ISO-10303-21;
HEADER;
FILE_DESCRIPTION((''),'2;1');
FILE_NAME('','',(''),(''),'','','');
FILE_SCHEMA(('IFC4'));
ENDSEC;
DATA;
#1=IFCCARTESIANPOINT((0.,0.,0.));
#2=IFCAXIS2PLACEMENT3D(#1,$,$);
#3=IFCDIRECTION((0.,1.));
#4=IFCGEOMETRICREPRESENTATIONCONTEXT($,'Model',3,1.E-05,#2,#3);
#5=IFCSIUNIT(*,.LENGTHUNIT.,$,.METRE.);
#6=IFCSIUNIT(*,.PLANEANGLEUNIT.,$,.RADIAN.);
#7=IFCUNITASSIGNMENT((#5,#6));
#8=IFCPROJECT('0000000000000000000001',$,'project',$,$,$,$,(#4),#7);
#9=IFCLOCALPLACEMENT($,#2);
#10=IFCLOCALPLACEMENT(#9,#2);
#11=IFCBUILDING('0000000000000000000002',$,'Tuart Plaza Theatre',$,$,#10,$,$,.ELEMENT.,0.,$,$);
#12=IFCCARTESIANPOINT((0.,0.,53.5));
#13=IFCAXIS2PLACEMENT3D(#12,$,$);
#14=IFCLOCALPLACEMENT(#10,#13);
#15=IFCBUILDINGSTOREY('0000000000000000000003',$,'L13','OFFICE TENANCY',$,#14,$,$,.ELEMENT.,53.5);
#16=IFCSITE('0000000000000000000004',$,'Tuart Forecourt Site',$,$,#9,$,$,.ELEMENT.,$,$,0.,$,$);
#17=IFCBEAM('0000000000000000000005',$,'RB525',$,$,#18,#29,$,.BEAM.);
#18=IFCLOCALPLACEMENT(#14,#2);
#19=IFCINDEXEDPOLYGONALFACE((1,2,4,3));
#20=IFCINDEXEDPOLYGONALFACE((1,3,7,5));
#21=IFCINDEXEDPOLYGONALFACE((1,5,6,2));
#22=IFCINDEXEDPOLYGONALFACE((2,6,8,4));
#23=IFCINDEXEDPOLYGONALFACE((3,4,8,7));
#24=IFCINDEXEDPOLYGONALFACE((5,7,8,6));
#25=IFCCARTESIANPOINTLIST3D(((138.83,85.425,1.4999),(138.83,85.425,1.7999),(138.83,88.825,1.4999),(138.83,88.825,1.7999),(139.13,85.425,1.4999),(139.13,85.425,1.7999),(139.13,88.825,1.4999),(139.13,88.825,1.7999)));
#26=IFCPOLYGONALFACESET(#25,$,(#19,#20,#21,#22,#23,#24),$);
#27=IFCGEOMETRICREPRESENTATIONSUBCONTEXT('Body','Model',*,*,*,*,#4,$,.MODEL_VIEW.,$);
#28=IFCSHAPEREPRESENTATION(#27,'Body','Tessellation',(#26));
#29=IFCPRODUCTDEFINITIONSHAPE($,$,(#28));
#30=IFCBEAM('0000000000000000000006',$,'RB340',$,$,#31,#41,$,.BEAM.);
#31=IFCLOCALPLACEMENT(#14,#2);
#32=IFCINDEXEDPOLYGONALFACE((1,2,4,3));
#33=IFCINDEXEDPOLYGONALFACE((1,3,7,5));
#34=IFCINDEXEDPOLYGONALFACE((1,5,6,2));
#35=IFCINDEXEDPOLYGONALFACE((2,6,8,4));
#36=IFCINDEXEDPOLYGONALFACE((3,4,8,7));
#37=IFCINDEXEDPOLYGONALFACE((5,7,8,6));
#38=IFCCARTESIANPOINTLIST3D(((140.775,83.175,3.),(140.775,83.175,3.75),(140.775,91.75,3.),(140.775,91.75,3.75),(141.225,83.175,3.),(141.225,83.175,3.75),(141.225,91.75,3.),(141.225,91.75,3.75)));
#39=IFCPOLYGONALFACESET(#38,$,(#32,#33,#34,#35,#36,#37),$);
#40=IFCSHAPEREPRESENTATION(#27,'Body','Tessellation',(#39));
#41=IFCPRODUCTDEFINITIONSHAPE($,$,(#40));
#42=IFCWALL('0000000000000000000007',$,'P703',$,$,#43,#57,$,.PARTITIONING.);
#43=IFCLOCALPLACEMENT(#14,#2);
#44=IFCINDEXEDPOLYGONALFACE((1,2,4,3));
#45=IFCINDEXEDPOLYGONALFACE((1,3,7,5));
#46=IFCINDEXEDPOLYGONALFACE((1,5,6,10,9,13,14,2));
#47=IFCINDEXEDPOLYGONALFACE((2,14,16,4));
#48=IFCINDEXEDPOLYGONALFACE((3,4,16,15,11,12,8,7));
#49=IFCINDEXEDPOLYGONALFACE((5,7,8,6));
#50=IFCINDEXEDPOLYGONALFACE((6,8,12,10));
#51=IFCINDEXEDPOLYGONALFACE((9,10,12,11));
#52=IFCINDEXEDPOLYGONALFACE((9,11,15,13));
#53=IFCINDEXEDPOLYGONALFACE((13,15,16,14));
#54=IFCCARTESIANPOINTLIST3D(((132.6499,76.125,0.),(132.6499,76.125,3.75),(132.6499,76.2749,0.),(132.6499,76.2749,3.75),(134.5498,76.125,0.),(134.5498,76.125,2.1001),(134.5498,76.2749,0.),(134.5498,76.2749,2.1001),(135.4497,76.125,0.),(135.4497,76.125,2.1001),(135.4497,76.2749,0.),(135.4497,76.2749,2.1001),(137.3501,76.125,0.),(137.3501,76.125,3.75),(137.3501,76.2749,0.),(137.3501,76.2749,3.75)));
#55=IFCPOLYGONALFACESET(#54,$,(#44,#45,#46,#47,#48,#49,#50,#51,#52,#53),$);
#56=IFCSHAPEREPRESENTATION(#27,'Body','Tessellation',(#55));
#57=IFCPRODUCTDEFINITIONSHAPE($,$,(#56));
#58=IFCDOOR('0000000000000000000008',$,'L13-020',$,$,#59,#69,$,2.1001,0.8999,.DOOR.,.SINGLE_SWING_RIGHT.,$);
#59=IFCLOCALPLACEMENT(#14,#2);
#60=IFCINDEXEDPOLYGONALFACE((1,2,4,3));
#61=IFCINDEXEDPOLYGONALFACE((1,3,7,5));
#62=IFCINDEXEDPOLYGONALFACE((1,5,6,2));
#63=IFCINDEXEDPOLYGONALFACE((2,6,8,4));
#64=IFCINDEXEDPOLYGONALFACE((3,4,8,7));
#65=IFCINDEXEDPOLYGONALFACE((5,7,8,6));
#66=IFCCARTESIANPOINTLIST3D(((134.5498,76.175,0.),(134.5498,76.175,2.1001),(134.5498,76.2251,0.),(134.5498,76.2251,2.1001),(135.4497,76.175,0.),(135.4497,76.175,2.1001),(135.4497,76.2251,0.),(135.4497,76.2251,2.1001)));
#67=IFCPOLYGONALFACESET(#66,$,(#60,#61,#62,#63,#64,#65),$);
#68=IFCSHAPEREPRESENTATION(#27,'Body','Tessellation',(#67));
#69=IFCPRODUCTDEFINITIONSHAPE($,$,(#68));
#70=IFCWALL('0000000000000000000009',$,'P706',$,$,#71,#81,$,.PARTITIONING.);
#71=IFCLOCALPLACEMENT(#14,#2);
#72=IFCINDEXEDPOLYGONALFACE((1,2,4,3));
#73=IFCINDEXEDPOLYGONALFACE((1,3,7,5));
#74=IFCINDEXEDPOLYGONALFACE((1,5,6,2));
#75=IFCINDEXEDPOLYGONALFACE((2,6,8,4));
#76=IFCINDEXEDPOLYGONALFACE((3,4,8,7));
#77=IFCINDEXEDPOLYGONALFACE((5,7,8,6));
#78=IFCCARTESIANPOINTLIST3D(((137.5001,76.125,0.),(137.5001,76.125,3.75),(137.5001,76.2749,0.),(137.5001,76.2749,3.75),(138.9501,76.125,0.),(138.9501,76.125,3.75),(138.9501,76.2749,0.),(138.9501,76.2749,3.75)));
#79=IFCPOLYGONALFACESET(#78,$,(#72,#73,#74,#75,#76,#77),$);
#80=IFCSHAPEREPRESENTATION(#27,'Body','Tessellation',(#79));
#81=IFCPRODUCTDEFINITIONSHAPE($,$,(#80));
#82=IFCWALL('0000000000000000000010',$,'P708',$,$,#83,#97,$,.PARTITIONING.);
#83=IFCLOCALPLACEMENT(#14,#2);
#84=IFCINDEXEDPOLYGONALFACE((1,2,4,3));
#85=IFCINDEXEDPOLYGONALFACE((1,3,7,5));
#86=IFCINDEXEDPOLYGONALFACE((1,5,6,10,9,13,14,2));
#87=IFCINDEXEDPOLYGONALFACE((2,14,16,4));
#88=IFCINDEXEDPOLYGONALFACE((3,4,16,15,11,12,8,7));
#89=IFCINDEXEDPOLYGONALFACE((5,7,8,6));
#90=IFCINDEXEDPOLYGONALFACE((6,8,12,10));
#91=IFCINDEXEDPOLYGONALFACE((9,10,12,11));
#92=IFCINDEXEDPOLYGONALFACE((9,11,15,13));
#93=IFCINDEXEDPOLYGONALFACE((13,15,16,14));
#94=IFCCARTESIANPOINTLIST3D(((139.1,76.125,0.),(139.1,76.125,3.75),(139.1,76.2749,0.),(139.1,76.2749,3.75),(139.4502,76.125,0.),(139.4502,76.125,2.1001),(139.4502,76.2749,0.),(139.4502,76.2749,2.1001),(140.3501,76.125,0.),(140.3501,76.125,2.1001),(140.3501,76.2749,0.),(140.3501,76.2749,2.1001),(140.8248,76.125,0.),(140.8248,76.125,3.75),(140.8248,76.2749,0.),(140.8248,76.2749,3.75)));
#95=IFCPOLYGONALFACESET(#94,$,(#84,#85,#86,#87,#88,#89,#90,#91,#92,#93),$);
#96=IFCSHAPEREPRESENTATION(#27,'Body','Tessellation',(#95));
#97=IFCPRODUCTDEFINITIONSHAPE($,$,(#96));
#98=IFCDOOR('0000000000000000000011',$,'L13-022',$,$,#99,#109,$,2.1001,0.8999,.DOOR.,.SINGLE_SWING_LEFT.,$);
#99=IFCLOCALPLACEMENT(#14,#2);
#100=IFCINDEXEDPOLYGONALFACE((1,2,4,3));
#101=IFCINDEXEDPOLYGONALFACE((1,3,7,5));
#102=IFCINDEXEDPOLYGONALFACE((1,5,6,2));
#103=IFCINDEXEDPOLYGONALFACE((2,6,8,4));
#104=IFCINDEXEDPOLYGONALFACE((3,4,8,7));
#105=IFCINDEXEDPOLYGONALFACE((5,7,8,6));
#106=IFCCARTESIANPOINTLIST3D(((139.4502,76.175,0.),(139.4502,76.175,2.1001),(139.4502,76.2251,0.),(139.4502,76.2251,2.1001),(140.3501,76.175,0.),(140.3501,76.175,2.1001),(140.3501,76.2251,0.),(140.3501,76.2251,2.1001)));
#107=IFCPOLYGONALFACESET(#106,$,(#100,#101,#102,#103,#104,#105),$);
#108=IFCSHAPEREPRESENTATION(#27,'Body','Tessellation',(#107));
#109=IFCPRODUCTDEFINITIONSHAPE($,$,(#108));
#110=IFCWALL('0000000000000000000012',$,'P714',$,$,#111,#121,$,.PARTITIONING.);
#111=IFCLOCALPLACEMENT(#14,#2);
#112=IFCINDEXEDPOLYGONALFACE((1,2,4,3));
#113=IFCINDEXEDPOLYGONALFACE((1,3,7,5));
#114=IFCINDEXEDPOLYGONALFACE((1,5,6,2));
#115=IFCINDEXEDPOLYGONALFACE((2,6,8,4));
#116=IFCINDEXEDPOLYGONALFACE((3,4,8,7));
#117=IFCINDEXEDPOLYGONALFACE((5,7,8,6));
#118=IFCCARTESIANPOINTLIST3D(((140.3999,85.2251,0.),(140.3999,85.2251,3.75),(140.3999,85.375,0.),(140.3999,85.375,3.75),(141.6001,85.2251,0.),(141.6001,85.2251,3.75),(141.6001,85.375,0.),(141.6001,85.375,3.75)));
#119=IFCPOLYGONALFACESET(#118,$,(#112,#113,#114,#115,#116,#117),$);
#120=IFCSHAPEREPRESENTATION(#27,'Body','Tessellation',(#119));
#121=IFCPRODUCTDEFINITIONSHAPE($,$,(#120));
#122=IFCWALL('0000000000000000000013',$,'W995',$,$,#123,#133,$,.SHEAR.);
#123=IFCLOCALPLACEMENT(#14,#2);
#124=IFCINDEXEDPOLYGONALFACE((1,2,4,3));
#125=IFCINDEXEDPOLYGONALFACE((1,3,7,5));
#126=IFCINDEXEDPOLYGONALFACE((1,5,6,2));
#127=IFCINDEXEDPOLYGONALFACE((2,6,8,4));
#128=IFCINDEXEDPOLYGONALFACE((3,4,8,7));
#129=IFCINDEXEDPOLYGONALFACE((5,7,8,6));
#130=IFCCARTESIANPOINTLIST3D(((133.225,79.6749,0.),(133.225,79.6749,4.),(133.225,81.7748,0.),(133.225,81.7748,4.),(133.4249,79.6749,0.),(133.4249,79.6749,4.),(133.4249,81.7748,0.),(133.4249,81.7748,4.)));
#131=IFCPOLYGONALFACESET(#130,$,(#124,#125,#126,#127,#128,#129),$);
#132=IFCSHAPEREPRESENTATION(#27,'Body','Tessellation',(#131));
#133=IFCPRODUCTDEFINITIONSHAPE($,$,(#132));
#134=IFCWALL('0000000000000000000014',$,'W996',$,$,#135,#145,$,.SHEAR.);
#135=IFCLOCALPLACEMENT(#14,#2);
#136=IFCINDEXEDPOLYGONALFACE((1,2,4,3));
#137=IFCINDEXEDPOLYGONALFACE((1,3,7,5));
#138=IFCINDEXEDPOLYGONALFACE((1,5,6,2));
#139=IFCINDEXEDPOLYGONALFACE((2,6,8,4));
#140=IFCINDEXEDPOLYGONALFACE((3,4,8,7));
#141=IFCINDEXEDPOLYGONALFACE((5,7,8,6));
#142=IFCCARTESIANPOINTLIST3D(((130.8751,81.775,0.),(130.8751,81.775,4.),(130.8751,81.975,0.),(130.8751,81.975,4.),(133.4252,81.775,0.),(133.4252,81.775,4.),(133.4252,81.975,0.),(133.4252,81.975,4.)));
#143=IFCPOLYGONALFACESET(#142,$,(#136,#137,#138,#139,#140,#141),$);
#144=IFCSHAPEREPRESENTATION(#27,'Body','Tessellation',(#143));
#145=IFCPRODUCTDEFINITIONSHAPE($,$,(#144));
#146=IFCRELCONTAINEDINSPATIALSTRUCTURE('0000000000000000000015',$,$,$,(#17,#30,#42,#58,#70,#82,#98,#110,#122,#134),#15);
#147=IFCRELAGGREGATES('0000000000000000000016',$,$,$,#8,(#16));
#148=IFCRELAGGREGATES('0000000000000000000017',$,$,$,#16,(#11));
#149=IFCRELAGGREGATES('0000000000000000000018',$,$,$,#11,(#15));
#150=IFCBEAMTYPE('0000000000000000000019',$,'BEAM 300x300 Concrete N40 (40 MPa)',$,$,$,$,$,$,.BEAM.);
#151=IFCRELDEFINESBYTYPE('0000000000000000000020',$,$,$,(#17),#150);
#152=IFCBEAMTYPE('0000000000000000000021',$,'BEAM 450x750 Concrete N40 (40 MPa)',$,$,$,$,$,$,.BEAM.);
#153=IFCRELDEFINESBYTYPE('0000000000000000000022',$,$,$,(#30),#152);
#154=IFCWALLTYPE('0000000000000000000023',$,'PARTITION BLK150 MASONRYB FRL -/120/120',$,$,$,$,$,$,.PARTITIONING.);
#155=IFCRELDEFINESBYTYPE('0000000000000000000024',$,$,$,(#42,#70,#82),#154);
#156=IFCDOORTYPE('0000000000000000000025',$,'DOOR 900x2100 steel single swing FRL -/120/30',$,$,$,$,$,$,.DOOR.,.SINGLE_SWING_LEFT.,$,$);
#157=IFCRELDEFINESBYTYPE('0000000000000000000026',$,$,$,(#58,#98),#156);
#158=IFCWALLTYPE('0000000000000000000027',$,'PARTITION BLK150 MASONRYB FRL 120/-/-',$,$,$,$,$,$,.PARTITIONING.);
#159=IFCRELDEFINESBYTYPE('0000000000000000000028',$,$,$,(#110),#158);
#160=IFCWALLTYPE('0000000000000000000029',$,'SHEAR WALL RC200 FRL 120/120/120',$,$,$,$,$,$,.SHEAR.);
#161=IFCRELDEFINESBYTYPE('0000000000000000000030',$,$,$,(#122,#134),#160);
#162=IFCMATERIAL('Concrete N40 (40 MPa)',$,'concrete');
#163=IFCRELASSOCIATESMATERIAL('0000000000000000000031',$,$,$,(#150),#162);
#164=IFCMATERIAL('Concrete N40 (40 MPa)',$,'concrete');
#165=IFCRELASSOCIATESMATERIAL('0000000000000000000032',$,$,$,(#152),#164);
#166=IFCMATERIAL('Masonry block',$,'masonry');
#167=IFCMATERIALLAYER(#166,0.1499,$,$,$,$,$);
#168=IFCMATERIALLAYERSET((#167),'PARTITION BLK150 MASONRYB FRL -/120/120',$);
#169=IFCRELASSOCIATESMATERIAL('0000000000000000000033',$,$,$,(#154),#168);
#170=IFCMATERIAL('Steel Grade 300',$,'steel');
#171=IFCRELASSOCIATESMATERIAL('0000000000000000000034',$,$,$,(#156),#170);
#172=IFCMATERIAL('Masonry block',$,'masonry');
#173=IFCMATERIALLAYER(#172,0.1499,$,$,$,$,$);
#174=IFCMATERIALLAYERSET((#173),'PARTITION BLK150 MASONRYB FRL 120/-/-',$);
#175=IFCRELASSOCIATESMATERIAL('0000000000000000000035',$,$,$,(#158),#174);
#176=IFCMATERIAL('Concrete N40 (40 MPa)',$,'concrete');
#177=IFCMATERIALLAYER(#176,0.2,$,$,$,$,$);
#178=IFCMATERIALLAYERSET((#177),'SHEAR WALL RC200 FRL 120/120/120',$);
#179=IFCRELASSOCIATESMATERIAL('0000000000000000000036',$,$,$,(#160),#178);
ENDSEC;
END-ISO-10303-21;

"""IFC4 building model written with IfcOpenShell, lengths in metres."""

from ifc_helpers import new_model, si_unit, direction, frame, frame_2d, origin, origin_2d, place, context, subcontext, project, spatial, rectangle, extrude, material, layer, layer_set, material_profile, profile_set, type_object, element, fill, save


model = new_model("IFC4")

# Units and contexts
model_context = context("Model", 3, precision=1e-05, world=origin(), true_north=direction((0.0, 1.0)))
body_context = subcontext(model_context, "Body", "Model", "MODEL_VIEW")
ifc_project = project(units=[si_unit("LENGTHUNIT", "METRE"), si_unit("PLANEANGLEUNIT", "RADIAN")], contexts=[model_context])

# Site, building, storey
site_placement = place(None, origin())
site = spatial("IfcSite", under=ifc_project, at=site_placement, Name="Tuart Forecourt Site", CompositionType="ELEMENT", RefElevation=0.0)
building_placement = place(site_placement, origin())
building = spatial("IfcBuilding", under=site, at=building_placement, Name="Tuart Plaza Theatre", CompositionType="ELEMENT", ElevationOfRefHeight=0.0)
storey_placement = place(building_placement, frame((0.0, 0.0, 53.5)))
storey = spatial("IfcBuildingStorey", under=building, at=storey_placement, Name="L13", Description="OFFICE TENANCY", CompositionType="ELEMENT", Elevation=53.5)

# Beams
ifc_material_1 = material(Name="Concrete N40 (40 MPa)", Category="concrete")
ifc_material_profile_1 = material_profile(ifc_material_1, rectangle(XDim=0.3, YDim=0.3, at=origin_2d()), Name="BEAM 300x300 Concrete N40 (40 MPa)")
ifc_profile_set_1 = profile_set([ifc_material_profile_1], Name="Concrete N40 (40 MPa)")
beam_type_1 = type_object("IfcBeamType", Name="BEAM 300x300 Concrete N40 (40 MPa)", PredefinedType="BEAM", material=ifc_profile_set_1)
beam_1_placement = place(storey_placement, frame((138.98, 85.425, 1.6499), z_axis=(0.0, 1.0, 0.0), x_axis=(-1.0, 0.0, 0.0)))
element("IfcBeam", 1, at=beam_1_placement, inside=storey, type_object=beam_type_1, Name="RB525", PredefinedType="BEAM", context=body_context, shape_type="SweptSolid", body=[
    extrude(rectangle(XDim=0.3, YDim=0.3, at=origin_2d()), origin(), (0.0, 0.0, 1.0), 3.3999),
])
ifc_material_2 = material(Name="Concrete N40 (40 MPa)", Category="concrete")
ifc_material_profile_2 = material_profile(ifc_material_2, rectangle(XDim=0.45, YDim=0.75, at=origin_2d()), Name="BEAM 450x750 Concrete N40 (40 MPa)")
ifc_profile_set_2 = profile_set([ifc_material_profile_2], Name="Concrete N40 (40 MPa)")
beam_type_2 = type_object("IfcBeamType", Name="BEAM 450x750 Concrete N40 (40 MPa)", PredefinedType="BEAM", material=ifc_profile_set_2)
beam_2_placement = place(storey_placement, frame((141.0, 83.175, 3.375), z_axis=(0.0, 1.0, 0.0), x_axis=(-1.0, 0.0, 0.0)))
element("IfcBeam", 2, at=beam_2_placement, inside=storey, type_object=beam_type_2, Name="RB340", PredefinedType="BEAM", context=body_context, shape_type="SweptSolid", body=[
    extrude(rectangle(XDim=0.45, YDim=0.75, at=origin_2d()), origin(), (0.0, 0.0, 1.0), 8.575),
])

# Wall, opening, door
ifc_material_3 = material(Name="Masonry block", Category="masonry")
ifc_layer_1 = layer(ifc_material_3, 0.1499)
ifc_layer_set_1 = layer_set([ifc_layer_1], Name="PARTITION BLK150 MASONRYB FRL -/120/120")
wall_type_1 = type_object("IfcWallType", Name="PARTITION BLK150 MASONRYB FRL -/120/120", PredefinedType="PARTITIONING", material=ifc_layer_set_1)
wall_1_placement = place(storey_placement, frame((132.6499, 76.2, 0.0), z_axis=(0.0, 0.0, 1.0), x_axis=(1.0, 0.0, 0.0)))
wall_1 = element("IfcWall", 3, at=wall_1_placement, inside=storey, type_object=wall_type_1, Name="P703", PredefinedType="PARTITIONING", context=body_context, shape_type="SweptSolid", body=[
    extrude(rectangle(XDim=4.7002, YDim=0.1499, at=frame_2d((2.3501, 0.0))), origin(), (0.0, 0.0, 1.0), 3.75),
])
opening_1_placement = place(wall_1_placement, frame((1.8999, 0.0, 0.0)))
opening_1 = element("IfcOpeningElement", 4, at=opening_1_placement, cuts=wall_1, PredefinedType="OPENING", context=body_context, shape_type="SweptSolid", body=[
    extrude(rectangle(XDim=0.8999, YDim=2.1001, at=frame_2d((0.45, 1.05))), frame((0.0, 0.085, 0.0), z_axis=(0.0, -1.0, 0.0), x_axis=(1.0, 0.0, 0.0)), (0.0, 0.0, 1.0), 0.1699),
])
ifc_material_4 = material(Name="Steel Grade 300", Category="steel")
door_type_1 = type_object("IfcDoorType", Name="DOOR 900x2100 steel single swing FRL -/120/30", OperationType="SINGLE_SWING_LEFT", PredefinedType="DOOR", material=ifc_material_4)
door_1_placement = place(opening_1_placement, frame((0.8999, 0.0, 0.0), z_axis=(0.0, 0.0, 1.0), x_axis=(-1.0, 0.0, 0.0)))
door_1 = element("IfcDoor", 5, at=door_1_placement, inside=storey, type_object=door_type_1, Name="L13-020", OperationType="SINGLE_SWING_RIGHT", OverallHeight=2.1001, OverallWidth=0.8999, PredefinedType="DOOR", context=body_context, shape_type="SweptSolid", body=[
    extrude(rectangle(XDim=0.8999, YDim=2.1001, at=frame_2d((0.45, 1.05))), frame((0.0, 0.0249, 0.0), z_axis=(0.0, -1.0, 0.0), x_axis=(1.0, 0.0, 0.0)), (0.0, 0.0, 1.0), 0.05),
])
fill(opening_1, door_1)

# Wall
wall_2_placement = place(storey_placement, frame((137.5, 76.2, 0.0), z_axis=(0.0, 0.0, 1.0), x_axis=(1.0, 0.0, 0.0)))
element("IfcWall", 6, at=wall_2_placement, inside=storey, type_object=wall_type_1, Name="P706", PredefinedType="PARTITIONING", context=body_context, shape_type="SweptSolid", body=[
    extrude(rectangle(XDim=1.45, YDim=0.1499, at=frame_2d((0.7251, 0.0))), origin(), (0.0, 0.0, 1.0), 3.75),
])

# Wall, opening, door
wall_3_placement = place(storey_placement, frame((139.1001, 76.2, 0.0), z_axis=(0.0, 0.0, 1.0), x_axis=(1.0, 0.0, 0.0)))
wall_3 = element("IfcWall", 7, at=wall_3_placement, inside=storey, type_object=wall_type_1, Name="P708", PredefinedType="PARTITIONING", context=body_context, shape_type="SweptSolid", body=[
    extrude(rectangle(XDim=1.7249, YDim=0.1499, at=frame_2d((0.8623, 0.0))), origin(), (0.0, 0.0, 1.0), 3.75),
])
opening_2_placement = place(wall_3_placement, frame((0.3501, 0.0, 0.0)))
opening_2 = element("IfcOpeningElement", 8, at=opening_2_placement, cuts=wall_3, PredefinedType="OPENING", context=body_context, shape_type="SweptSolid", body=[
    extrude(rectangle(XDim=0.8999, YDim=2.1001, at=frame_2d((0.45, 1.05))), frame((0.0, 0.085, 0.0), z_axis=(0.0, -1.0, 0.0), x_axis=(1.0, 0.0, 0.0)), (0.0, 0.0, 1.0), 0.1699),
])
door_2_placement = place(opening_2_placement, frame((0.8999, 0.0, 0.0), z_axis=(0.0, 0.0, 1.0), x_axis=(-1.0, 0.0, 0.0)))
door_2 = element("IfcDoor", 9, at=door_2_placement, inside=storey, type_object=door_type_1, Name="L13-022", OperationType="SINGLE_SWING_LEFT", OverallHeight=2.1001, OverallWidth=0.8999, PredefinedType="DOOR", context=body_context, shape_type="SweptSolid", body=[
    extrude(rectangle(XDim=0.8999, YDim=2.1001, at=frame_2d((0.45, 1.05))), frame((0.0, 0.0249, 0.0), z_axis=(0.0, -1.0, 0.0), x_axis=(1.0, 0.0, 0.0)), (0.0, 0.0, 1.0), 0.05),
])
fill(opening_2, door_2)

# Walls
ifc_material_5 = material(Name="Masonry block", Category="masonry")
ifc_layer_2 = layer(ifc_material_5, 0.1499)
ifc_layer_set_2 = layer_set([ifc_layer_2], Name="PARTITION BLK150 MASONRYB FRL 120/-/-")
wall_type_2 = type_object("IfcWallType", Name="PARTITION BLK150 MASONRYB FRL 120/-/-", PredefinedType="PARTITIONING", material=ifc_layer_set_2)
wall_4_placement = place(storey_placement, frame((140.3999, 85.3, 0.0), z_axis=(0.0, 0.0, 1.0), x_axis=(1.0, 0.0, 0.0)))
element("IfcWall", 10, at=wall_4_placement, inside=storey, type_object=wall_type_2, Name="P714", PredefinedType="PARTITIONING", context=body_context, shape_type="SweptSolid", body=[
    extrude(rectangle(XDim=1.2002, YDim=0.1499, at=frame_2d((0.6001, 0.0))), origin(), (0.0, 0.0, 1.0), 3.75),
])
ifc_material_6 = material(Name="Concrete N40 (40 MPa)", Category="concrete")
ifc_layer_3 = layer(ifc_material_6, 0.2)
ifc_layer_set_3 = layer_set([ifc_layer_3], Name="SHEAR WALL RC200 FRL 120/120/120")
wall_type_3 = type_object("IfcWallType", Name="SHEAR WALL RC200 FRL 120/120/120", PredefinedType="SHEAR", material=ifc_layer_set_3)
wall_5_placement = place(storey_placement, frame((133.325, 79.675, 0.0), z_axis=(0.0, 0.0, 1.0), x_axis=(0.0, 1.0, 0.0)))
element("IfcWall", 11, at=wall_5_placement, inside=storey, type_object=wall_type_3, Name="W995", PredefinedType="SHEAR", context=body_context, shape_type="SweptSolid", body=[
    extrude(rectangle(XDim=2.0999, YDim=0.2, at=frame_2d((1.0498, 0.0))), origin(), (0.0, 0.0, 1.0), 4.0),
])
wall_6_placement = place(storey_placement, frame((133.425, 81.875, 0.0), z_axis=(0.0, 0.0, 1.0), x_axis=(-1.0, 0.0, 0.0)))
element("IfcWall", 12, at=wall_6_placement, inside=storey, type_object=wall_type_3, Name="W996", PredefinedType="SHEAR", context=body_context, shape_type="SweptSolid", body=[
    extrude(rectangle(XDim=2.55, YDim=0.2, at=frame_2d((1.2749, 0.0))), origin(), (0.0, 0.0, 1.0), 4.0),
])

save(model, "model.ifc")
